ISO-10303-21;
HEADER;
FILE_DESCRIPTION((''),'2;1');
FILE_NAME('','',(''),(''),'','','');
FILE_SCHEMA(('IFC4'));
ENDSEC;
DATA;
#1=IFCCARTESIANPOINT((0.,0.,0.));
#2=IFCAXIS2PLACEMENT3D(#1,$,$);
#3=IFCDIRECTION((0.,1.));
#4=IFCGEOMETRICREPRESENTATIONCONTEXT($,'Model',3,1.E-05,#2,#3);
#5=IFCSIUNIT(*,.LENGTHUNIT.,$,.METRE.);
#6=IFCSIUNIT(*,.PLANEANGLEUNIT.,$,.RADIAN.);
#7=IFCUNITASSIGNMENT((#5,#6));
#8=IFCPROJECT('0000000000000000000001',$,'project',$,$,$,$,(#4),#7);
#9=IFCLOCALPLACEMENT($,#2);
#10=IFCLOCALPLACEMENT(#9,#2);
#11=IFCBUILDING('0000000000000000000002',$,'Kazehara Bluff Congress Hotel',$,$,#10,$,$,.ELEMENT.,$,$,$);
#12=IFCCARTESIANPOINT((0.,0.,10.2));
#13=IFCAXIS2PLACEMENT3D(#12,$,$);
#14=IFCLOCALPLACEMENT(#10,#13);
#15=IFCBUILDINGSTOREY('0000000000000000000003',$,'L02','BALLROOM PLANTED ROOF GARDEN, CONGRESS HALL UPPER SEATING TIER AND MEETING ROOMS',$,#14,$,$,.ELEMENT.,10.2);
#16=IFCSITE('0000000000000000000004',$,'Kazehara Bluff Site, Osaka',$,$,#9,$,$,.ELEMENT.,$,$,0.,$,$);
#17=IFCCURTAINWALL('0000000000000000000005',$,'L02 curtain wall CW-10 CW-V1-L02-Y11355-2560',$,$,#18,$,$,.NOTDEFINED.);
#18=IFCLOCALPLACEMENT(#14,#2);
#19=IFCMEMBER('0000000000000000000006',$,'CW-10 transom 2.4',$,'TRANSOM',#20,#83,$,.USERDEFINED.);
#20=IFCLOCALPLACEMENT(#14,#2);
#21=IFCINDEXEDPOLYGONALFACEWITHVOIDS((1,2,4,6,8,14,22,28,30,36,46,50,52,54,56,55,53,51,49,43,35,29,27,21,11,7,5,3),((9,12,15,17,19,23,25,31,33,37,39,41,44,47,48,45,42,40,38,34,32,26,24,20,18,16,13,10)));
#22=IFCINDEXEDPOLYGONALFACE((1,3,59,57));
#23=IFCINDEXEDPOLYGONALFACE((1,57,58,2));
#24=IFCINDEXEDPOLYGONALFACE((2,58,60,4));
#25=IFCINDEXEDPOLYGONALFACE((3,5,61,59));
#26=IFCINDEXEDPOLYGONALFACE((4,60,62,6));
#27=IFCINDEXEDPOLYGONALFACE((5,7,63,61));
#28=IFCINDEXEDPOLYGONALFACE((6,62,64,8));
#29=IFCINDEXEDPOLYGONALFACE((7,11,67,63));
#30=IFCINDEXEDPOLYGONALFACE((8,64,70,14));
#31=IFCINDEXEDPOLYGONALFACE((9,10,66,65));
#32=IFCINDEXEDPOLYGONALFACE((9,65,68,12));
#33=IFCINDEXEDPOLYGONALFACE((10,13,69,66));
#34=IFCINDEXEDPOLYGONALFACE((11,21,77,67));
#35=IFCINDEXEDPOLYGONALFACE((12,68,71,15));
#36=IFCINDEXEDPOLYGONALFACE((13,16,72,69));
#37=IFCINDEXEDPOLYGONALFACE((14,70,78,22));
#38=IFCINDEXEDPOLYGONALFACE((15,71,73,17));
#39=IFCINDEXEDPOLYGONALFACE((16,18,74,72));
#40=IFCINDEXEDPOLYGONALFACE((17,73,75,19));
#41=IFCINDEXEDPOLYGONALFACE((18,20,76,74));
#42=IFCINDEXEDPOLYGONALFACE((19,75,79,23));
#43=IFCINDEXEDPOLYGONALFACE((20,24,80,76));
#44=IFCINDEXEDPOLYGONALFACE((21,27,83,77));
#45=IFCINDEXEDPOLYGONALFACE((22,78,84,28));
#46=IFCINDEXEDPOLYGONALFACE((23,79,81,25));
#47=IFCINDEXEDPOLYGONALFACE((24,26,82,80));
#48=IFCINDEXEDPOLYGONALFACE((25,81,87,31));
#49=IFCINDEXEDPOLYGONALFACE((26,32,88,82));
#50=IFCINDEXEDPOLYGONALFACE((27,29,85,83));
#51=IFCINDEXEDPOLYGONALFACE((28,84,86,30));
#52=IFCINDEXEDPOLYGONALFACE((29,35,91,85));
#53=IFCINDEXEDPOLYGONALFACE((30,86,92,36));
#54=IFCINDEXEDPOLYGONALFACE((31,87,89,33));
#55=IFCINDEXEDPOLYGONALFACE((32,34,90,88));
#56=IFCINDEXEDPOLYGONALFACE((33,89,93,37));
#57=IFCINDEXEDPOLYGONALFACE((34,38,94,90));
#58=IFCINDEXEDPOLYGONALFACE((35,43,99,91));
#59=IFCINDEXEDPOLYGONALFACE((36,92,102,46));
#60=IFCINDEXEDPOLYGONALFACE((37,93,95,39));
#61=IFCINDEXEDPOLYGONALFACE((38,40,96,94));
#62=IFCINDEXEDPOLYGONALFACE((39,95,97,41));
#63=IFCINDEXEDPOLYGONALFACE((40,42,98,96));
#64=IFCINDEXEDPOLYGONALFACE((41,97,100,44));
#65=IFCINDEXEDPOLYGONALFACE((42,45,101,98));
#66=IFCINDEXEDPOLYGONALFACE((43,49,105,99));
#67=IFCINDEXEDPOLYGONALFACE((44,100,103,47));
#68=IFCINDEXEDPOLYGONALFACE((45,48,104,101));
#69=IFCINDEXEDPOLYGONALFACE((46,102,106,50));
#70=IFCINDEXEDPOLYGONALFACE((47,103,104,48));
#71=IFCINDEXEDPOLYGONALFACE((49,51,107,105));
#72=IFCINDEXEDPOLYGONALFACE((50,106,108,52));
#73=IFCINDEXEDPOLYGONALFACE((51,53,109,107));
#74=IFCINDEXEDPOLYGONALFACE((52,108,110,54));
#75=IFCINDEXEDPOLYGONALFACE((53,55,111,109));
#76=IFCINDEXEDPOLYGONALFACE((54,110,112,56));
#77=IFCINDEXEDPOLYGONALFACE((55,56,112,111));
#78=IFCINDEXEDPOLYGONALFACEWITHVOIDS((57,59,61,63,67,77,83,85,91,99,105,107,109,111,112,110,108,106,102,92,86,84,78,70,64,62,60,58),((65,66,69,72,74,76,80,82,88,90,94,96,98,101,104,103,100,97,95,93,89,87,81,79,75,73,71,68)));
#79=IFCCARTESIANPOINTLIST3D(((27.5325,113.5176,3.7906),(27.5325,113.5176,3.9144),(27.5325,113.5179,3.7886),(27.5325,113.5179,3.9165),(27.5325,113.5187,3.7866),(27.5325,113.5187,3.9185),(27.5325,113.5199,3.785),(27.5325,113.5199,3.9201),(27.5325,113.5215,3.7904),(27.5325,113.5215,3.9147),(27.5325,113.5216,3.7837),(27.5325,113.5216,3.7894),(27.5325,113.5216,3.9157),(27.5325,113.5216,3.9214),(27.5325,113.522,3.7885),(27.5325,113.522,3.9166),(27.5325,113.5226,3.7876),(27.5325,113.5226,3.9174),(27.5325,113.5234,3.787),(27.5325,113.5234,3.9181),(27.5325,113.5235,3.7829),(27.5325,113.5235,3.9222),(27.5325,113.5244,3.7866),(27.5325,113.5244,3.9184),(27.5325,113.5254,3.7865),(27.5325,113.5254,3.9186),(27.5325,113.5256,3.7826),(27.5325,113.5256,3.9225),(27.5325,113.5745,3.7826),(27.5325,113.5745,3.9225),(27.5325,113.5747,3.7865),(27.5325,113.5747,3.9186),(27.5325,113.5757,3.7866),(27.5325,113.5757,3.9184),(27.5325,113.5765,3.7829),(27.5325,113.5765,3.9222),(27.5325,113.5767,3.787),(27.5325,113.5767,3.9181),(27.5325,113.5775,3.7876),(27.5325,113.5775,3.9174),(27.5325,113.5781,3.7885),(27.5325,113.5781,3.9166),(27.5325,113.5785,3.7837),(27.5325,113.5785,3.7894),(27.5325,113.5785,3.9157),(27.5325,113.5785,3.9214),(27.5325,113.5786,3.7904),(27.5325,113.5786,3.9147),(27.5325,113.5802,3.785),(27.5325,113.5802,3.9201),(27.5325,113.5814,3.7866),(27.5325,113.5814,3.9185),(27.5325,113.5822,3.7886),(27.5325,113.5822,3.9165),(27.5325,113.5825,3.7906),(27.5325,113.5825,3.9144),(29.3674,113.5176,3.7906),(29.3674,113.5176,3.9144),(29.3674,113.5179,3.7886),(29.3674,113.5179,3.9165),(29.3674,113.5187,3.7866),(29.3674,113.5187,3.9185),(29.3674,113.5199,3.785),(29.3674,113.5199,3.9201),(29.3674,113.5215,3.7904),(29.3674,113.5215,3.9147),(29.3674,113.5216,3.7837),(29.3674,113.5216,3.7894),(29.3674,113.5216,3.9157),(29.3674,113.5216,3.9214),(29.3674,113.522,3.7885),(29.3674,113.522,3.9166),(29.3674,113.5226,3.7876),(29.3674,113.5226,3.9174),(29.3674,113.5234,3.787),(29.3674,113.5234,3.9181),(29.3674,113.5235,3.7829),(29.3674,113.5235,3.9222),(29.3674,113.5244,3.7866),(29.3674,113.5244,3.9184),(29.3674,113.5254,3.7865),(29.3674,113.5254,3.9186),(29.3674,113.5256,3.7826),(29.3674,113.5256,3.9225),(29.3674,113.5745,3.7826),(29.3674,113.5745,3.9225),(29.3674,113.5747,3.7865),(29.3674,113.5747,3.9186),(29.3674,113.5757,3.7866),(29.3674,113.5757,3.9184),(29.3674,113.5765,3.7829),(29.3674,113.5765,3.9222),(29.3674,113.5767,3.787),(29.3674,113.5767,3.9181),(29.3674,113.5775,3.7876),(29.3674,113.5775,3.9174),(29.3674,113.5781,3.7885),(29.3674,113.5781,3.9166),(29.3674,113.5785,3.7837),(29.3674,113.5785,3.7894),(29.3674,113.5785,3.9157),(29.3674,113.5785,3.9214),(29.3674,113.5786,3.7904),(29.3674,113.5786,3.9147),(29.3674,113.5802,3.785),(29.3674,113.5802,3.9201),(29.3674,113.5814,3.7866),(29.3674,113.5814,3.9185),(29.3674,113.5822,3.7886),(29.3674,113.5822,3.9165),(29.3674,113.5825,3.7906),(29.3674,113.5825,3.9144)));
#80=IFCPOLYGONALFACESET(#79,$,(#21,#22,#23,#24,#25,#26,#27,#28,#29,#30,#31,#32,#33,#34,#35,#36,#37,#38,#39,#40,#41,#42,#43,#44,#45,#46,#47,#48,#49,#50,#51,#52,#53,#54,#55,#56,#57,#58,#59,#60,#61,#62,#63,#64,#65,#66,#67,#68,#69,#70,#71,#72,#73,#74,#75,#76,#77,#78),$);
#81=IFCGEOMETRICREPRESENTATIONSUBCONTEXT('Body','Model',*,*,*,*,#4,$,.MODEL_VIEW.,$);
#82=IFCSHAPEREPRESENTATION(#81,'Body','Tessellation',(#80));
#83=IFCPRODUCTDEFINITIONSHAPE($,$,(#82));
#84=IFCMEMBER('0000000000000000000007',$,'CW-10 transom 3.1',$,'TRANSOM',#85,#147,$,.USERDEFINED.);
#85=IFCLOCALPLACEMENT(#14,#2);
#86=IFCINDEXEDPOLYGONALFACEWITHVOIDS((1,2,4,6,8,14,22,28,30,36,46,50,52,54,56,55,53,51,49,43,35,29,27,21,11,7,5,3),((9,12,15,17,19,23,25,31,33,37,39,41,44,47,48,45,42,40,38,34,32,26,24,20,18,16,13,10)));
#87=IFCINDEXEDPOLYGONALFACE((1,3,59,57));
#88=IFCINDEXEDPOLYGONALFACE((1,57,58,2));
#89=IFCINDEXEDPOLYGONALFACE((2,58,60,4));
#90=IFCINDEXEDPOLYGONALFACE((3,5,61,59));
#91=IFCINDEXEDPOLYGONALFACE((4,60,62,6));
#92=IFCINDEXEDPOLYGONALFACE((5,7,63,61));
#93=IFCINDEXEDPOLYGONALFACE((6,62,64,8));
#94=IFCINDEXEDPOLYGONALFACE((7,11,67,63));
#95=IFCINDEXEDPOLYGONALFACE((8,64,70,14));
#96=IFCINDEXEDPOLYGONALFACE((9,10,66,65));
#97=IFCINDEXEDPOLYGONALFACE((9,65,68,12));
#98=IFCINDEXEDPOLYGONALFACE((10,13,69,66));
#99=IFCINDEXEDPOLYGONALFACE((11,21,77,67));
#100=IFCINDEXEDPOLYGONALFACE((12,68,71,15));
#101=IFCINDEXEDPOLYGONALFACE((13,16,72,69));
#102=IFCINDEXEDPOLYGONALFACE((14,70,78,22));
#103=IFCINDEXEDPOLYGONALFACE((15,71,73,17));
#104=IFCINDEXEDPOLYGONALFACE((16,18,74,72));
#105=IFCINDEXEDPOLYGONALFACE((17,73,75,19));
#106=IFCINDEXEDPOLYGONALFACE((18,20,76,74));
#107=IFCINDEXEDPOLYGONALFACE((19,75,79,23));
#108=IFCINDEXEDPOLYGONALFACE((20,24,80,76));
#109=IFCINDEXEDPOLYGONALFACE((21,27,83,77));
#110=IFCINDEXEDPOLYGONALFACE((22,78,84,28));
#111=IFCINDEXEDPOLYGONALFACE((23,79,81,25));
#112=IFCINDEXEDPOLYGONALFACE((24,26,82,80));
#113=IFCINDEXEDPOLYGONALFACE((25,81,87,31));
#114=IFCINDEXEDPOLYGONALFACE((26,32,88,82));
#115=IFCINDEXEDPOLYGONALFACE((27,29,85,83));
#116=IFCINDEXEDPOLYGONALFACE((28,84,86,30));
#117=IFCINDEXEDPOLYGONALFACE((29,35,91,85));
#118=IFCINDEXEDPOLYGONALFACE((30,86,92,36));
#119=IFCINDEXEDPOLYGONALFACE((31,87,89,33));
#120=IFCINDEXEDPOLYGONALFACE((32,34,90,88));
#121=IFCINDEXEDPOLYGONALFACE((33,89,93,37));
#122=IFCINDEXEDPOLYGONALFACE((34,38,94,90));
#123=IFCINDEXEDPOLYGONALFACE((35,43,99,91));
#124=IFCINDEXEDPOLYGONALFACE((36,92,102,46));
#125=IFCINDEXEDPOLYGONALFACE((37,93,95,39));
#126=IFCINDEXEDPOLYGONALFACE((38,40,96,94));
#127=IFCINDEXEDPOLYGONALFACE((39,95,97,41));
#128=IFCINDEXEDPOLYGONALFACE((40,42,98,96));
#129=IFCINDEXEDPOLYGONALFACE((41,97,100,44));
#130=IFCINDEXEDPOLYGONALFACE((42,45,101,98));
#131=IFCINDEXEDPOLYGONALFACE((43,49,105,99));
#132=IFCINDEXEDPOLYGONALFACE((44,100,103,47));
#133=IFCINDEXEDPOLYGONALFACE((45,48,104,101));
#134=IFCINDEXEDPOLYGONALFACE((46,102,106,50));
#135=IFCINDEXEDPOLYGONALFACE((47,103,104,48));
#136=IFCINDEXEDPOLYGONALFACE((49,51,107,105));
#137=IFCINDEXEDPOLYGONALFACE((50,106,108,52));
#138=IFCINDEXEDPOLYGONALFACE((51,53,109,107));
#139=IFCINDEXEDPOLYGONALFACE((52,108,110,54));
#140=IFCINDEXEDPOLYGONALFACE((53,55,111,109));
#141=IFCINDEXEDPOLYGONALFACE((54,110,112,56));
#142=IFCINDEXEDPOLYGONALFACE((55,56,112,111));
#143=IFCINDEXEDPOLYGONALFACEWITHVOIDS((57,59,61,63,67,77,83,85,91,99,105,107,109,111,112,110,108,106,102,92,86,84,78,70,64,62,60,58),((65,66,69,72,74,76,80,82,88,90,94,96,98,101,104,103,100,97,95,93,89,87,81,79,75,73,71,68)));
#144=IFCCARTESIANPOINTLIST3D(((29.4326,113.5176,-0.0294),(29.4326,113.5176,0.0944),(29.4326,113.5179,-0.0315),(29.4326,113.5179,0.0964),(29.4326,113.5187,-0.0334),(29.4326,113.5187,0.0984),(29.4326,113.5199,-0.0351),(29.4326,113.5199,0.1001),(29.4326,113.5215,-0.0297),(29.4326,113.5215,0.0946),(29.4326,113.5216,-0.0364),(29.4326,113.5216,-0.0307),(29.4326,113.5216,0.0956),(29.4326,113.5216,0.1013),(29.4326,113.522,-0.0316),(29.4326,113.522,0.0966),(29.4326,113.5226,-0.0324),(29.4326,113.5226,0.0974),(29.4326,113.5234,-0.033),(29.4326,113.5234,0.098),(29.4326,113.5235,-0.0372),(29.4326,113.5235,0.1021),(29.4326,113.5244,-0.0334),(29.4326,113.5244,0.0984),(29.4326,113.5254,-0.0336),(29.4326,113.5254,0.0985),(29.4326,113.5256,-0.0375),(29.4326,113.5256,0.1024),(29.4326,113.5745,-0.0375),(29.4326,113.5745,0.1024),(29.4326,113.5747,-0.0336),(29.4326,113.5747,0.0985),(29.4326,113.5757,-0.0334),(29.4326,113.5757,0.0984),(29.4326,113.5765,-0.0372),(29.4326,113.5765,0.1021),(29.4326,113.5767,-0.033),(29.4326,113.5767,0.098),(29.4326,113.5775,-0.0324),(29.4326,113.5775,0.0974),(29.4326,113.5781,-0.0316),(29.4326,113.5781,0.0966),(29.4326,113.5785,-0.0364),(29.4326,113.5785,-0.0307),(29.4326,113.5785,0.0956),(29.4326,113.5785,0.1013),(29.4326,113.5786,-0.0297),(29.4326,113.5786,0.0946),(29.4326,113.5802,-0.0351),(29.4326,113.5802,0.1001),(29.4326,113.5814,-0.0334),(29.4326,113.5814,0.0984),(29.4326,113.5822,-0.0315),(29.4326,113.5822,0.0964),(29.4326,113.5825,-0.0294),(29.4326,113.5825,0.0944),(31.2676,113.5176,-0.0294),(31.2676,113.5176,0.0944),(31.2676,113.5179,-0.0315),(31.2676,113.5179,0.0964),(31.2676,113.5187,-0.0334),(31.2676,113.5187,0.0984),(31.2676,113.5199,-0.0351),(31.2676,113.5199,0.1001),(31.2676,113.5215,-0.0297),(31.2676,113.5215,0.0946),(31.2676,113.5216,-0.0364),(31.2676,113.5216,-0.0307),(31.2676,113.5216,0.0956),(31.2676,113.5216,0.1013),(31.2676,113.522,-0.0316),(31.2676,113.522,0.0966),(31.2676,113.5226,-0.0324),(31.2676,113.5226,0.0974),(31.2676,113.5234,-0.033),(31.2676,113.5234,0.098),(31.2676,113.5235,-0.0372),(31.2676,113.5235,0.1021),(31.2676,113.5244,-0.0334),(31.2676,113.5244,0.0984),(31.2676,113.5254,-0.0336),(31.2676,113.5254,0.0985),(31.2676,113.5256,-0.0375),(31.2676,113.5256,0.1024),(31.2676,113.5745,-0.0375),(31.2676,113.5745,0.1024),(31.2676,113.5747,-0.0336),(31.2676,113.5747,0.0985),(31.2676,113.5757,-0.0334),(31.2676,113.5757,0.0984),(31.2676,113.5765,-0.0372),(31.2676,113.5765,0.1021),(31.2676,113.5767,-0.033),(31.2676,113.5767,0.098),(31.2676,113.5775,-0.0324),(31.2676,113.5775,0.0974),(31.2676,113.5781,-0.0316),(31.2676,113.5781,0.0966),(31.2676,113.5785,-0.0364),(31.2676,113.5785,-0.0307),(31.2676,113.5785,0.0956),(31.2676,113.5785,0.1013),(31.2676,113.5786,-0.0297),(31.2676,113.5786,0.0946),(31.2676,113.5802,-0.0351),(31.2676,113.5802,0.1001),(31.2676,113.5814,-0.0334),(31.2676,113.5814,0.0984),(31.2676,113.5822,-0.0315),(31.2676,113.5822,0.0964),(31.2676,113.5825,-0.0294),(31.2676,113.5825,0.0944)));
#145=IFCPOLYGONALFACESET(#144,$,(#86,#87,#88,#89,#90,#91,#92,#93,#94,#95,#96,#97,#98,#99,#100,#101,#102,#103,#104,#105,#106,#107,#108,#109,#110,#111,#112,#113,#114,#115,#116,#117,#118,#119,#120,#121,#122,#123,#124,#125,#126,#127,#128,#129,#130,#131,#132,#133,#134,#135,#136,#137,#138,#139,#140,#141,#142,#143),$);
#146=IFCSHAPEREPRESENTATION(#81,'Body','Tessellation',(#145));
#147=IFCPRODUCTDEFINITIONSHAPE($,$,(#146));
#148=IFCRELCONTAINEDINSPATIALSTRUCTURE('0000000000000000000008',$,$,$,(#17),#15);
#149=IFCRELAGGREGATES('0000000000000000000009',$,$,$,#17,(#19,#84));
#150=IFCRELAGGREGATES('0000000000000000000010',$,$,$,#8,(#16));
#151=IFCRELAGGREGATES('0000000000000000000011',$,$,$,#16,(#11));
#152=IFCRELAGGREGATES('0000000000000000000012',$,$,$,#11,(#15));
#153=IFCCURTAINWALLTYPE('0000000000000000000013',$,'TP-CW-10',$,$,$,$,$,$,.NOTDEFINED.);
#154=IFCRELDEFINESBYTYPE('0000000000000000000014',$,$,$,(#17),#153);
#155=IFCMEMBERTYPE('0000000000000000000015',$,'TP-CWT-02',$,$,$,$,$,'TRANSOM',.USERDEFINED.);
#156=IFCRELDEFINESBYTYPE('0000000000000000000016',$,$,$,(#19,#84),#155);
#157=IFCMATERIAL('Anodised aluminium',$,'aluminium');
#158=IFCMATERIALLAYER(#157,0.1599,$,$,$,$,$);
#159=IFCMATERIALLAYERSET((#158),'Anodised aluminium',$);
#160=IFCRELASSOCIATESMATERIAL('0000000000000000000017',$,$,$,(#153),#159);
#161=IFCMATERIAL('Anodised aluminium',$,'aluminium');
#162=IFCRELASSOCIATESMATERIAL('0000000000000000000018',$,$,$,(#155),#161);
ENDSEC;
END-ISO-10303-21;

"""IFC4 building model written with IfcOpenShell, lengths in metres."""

from ifc_helpers import new_model, si_unit, direction, frame, origin, origin_2d, place, context, subcontext, project, spatial, hollow_rectangle, extrude, material, layer, layer_set, material_profile, profile_set, type_object, element, aggregate, save


model = new_model("IFC4")

# Units and contexts
model_context = context("Model", 3, precision=1e-05, world=origin(), true_north=direction((0.0, 1.0)))
body_context = subcontext(model_context, "Body", "Model", "MODEL_VIEW")
ifc_project = project(units=[si_unit("LENGTHUNIT", "METRE"), si_unit("PLANEANGLEUNIT", "RADIAN")], contexts=[model_context])

# Site, building, storey
site_placement = place(None, origin())
site = spatial("IfcSite", under=ifc_project, at=site_placement, Name="Kazehara Bluff Site, Osaka", CompositionType="ELEMENT", RefElevation=0.0)
building_placement = place(site_placement, origin())
building = spatial("IfcBuilding", under=site, at=building_placement, Name="Kazehara Bluff Congress Hotel", CompositionType="ELEMENT")
storey_placement = place(building_placement, frame((0.0, 0.0, 10.2)))
storey = spatial("IfcBuildingStorey", under=building, at=storey_placement, Name="L02", Description="BALLROOM PLANTED ROOF GARDEN, CONGRESS HALL UPPER SEATING TIER AND MEETING ROOMS", CompositionType="ELEMENT", Elevation=10.2)

# Curtain wall
ifc_material_1 = material(Name="Anodised aluminium", Category="aluminium")
ifc_layer_1 = layer(ifc_material_1, 0.1599)
ifc_layer_set_1 = layer_set([ifc_layer_1], Name="Anodised aluminium")
curtain_wall_type = type_object("IfcCurtainWallType", Name="TP-CW-10", PredefinedType="NOTDEFINED", material=ifc_layer_set_1)
curtain_wall_1_placement = place(storey_placement, origin())
curtain_wall_1 = element("IfcCurtainWall", 1, at=curtain_wall_1_placement, inside=storey, type_object=curtain_wall_type, Name="L02 curtain wall CW-10 CW-V1-L02-Y11355-2560", PredefinedType="NOTDEFINED")

# Members
ifc_material_2 = material(Name="Anodised aluminium", Category="aluminium")
ifc_material_profile_1 = material_profile(ifc_material_2, hollow_rectangle(XDim=0.0649, YDim=0.1399, WallThickness=0.0039, InnerFilletRadius=0.0039, OuterFilletRadius=0.0081, at=origin_2d()))
ifc_profile_set_1 = profile_set([ifc_material_profile_1], Name="Anodised aluminium")
member_type_1 = type_object("IfcMemberType", Name="TP-CWT-02", ElementType="TRANSOM", PredefinedType="USERDEFINED", material=ifc_profile_set_1)
member_1_placement = place(storey_placement, frame((27.5325, 113.55, 3.8525), z_axis=(1.0, 0.0, 0.0), x_axis=(0.0, 1.0, 0.0)))
member_1 = element("IfcMember", 2, at=member_1_placement, type_object=member_type_1, Name="CW-10 transom 2.4", ObjectType="TRANSOM", PredefinedType="USERDEFINED", context=body_context, shape_type="SweptSolid", body=[
    extrude(hollow_rectangle(XDim=0.0649, YDim=0.1399, WallThickness=0.0039, InnerFilletRadius=0.0039, OuterFilletRadius=0.0081, at=origin_2d()), origin(), (0.0, 0.0, 1.0), 1.835),
])
member_2_placement = place(storey_placement, frame((29.4326, 113.55, 0.0325), z_axis=(1.0, 0.0, 0.0), x_axis=(0.0, 1.0, 0.0)))
member_2 = element("IfcMember", 3, at=member_2_placement, type_object=member_type_1, Name="CW-10 transom 3.1", ObjectType="TRANSOM", PredefinedType="USERDEFINED", context=body_context, shape_type="SweptSolid", body=[
    extrude(hollow_rectangle(XDim=0.0649, YDim=0.1399, WallThickness=0.0039, InnerFilletRadius=0.0039, OuterFilletRadius=0.0081, at=origin_2d()), origin(), (0.0, 0.0, 1.0), 1.835),
])

aggregate(curtain_wall_1, [member_1, member_2])

save(model, "model.ifc")
